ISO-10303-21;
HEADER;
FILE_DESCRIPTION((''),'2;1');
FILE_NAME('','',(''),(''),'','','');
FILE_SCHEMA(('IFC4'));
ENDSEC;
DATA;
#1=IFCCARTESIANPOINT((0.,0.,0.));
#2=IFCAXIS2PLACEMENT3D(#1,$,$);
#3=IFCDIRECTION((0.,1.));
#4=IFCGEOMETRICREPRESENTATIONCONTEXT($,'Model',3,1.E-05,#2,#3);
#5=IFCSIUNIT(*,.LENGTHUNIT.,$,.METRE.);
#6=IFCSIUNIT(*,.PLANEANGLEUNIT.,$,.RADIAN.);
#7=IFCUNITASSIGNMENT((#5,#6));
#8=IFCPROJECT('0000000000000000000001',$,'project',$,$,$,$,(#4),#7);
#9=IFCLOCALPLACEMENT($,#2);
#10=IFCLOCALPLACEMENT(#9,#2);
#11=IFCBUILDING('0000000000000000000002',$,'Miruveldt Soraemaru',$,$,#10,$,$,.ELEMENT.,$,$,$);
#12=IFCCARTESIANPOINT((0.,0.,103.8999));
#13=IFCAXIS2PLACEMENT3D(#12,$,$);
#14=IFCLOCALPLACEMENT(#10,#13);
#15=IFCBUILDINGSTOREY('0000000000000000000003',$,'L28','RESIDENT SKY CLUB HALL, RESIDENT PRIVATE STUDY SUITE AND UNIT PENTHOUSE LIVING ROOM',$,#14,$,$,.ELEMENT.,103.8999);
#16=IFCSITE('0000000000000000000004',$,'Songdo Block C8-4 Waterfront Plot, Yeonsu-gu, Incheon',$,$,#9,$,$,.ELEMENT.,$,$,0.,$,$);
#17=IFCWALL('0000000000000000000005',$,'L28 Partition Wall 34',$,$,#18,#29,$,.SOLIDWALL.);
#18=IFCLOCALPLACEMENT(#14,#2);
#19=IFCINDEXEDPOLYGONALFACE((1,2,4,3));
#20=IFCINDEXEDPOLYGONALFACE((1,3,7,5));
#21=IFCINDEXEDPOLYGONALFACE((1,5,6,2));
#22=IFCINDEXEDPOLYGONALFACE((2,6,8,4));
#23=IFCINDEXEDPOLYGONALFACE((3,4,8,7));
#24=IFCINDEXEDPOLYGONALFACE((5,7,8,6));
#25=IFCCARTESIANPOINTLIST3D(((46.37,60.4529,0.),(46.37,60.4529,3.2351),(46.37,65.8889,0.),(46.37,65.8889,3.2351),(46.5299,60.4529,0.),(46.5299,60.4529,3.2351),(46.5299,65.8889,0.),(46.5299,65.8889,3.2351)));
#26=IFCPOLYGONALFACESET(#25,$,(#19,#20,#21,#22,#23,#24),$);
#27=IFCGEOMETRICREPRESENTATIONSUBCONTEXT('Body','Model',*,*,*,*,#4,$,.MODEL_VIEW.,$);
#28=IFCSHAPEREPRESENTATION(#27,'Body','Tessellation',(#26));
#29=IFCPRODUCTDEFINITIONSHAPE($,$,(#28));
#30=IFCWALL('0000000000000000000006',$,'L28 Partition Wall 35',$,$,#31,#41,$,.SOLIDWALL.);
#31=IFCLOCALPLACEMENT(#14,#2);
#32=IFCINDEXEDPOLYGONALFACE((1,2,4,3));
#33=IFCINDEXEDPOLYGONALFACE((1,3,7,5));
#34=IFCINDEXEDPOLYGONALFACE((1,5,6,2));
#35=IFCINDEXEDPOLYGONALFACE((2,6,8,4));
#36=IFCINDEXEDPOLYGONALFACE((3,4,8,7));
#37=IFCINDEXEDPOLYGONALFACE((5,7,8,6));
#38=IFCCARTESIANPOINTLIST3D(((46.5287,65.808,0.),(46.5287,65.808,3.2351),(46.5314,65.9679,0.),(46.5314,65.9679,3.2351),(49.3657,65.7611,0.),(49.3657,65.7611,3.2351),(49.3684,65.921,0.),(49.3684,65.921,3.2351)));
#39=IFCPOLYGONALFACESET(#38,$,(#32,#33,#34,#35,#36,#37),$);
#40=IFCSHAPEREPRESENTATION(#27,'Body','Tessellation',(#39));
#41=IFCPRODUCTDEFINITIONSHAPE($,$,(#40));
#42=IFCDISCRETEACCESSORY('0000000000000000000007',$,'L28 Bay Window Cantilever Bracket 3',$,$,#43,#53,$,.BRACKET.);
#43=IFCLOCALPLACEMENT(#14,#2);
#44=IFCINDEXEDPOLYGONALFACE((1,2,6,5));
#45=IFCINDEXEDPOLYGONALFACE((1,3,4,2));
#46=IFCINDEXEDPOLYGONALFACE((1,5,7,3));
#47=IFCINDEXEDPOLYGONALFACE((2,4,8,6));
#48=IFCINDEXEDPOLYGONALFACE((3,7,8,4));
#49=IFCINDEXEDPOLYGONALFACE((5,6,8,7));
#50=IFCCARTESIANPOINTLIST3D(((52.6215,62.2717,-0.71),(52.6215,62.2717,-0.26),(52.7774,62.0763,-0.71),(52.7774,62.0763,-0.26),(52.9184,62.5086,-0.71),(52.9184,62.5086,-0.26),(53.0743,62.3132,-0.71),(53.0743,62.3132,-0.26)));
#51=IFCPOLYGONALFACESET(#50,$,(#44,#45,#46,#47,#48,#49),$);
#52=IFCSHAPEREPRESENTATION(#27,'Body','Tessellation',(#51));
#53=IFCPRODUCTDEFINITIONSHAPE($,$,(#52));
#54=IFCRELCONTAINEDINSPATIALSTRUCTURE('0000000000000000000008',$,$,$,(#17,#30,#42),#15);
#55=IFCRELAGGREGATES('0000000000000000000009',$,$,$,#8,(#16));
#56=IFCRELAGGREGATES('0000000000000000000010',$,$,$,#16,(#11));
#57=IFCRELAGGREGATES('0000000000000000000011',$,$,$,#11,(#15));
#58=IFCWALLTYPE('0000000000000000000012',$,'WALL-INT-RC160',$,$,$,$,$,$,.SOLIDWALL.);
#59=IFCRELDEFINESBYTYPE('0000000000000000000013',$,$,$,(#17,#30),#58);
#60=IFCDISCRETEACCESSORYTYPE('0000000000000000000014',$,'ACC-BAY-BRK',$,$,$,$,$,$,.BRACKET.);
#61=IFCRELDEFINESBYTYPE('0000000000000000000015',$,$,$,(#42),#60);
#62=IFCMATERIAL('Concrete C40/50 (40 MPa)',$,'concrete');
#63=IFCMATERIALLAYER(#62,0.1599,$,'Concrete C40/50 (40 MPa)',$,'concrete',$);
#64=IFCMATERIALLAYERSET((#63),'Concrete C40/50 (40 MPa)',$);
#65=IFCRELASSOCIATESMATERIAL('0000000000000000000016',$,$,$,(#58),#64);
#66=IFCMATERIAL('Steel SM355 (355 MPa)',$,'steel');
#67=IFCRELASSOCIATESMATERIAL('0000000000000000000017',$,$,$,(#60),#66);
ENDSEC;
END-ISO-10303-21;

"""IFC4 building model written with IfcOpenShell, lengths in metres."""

from ifc_helpers import new_model, si_unit, direction, frame, frame_2d, origin, origin_2d, place, context, subcontext, project, spatial, rectangle, extrude, material, layer, layer_set, type_object, element, save


model = new_model("IFC4")

# Units and contexts
model_context = context("Model", 3, precision=1e-05, world=origin(), true_north=direction((0.0, 1.0)))
body_context = subcontext(model_context, "Body", "Model", "MODEL_VIEW")
ifc_project = project(units=[si_unit("LENGTHUNIT", "METRE"), si_unit("PLANEANGLEUNIT", "RADIAN")], contexts=[model_context])

# Site, building, storey
site_placement = place(None, origin())
site = spatial("IfcSite", under=ifc_project, at=site_placement, Name="Songdo Block C8-4 Waterfront Plot, Yeonsu-gu, Incheon", CompositionType="ELEMENT", RefElevation=0.0)
building_placement = place(site_placement, origin())
building = spatial("IfcBuilding", under=site, at=building_placement, Name="Miruveldt Soraemaru", CompositionType="ELEMENT")
storey_placement = place(building_placement, frame((0.0, 0.0, 103.8999)))
storey = spatial("IfcBuildingStorey", under=building, at=storey_placement, Name="L28", Description="RESIDENT SKY CLUB HALL, RESIDENT PRIVATE STUDY SUITE AND UNIT PENTHOUSE LIVING ROOM", CompositionType="ELEMENT", Elevation=103.8999)

# Shared definitions
ifc_material_1 = material(Name="Steel SM355 (355 MPa)", Category="steel")

# Shared definitions
ifc_material_2 = material(Name="Concrete C40/50 (40 MPa)", Category="concrete")
ifc_layer_1 = layer(ifc_material_2, 0.1599, Name="Concrete C40/50 (40 MPa)", Category="concrete")
ifc_layer_set_1 = layer_set([ifc_layer_1], Name="Concrete C40/50 (40 MPa)")
wall_type_1 = type_object("IfcWallType", Name="WALL-INT-RC160", PredefinedType="SOLIDWALL", material=ifc_layer_set_1)

# Walls
wall_1_placement = place(storey_placement, frame((46.45, 60.4529, 0.0), z_axis=(0.0, 0.0, 1.0), x_axis=(0.0, 1.0, 0.0)))
element("IfcWall", 1, at=wall_1_placement, inside=storey, type_object=wall_type_1, Name="L28 Partition Wall 34", PredefinedType="SOLIDWALL", context=body_context, shape_type="SweptSolid", body=[
    extrude(rectangle(XDim=5.436, YDim=0.1599, at=frame_2d((2.718, 0.0))), origin(), (0.0, 0.0, 1.0), 3.2351),
])
wall_2_placement = place(storey_placement, frame((46.53, 65.8879, 0.0), z_axis=(0.0, 0.0, 1.0), x_axis=(0.999864, -0.016521, 0.0)))
element("IfcWall", 2, at=wall_2_placement, inside=storey, type_object=wall_type_1, Name="L28 Partition Wall 35", PredefinedType="SOLIDWALL", context=body_context, shape_type="SweptSolid", body=[
    extrude(rectangle(XDim=2.8374, YDim=0.1599, at=frame_2d((1.4187, 0.0))), origin(), (0.0, 0.0, 1.0), 3.2351),
])

# Discrete accessory
discrete_accessory_type = type_object("IfcDiscreteAccessoryType", Name="ACC-BAY-BRK", PredefinedType="BRACKET", material=ifc_material_1)
discrete_accessory_placement = place(storey_placement, frame((52.8479, 62.2925, -0.71), z_axis=(0.0, 0.0, 1.0), x_axis=(0.781727, 0.62362, 0.0)))
element("IfcDiscreteAccessory", 3, at=discrete_accessory_placement, inside=storey, type_object=discrete_accessory_type, Name="L28 Bay Window Cantilever Bracket 3", PredefinedType="BRACKET", context=body_context, shape_type="SweptSolid", body=[
    extrude(rectangle(XDim=0.3799, YDim=0.25, at=origin_2d()), origin(), (0.0, 0.0, 1.0), 0.45),
])

save(model, "model.ifc")
